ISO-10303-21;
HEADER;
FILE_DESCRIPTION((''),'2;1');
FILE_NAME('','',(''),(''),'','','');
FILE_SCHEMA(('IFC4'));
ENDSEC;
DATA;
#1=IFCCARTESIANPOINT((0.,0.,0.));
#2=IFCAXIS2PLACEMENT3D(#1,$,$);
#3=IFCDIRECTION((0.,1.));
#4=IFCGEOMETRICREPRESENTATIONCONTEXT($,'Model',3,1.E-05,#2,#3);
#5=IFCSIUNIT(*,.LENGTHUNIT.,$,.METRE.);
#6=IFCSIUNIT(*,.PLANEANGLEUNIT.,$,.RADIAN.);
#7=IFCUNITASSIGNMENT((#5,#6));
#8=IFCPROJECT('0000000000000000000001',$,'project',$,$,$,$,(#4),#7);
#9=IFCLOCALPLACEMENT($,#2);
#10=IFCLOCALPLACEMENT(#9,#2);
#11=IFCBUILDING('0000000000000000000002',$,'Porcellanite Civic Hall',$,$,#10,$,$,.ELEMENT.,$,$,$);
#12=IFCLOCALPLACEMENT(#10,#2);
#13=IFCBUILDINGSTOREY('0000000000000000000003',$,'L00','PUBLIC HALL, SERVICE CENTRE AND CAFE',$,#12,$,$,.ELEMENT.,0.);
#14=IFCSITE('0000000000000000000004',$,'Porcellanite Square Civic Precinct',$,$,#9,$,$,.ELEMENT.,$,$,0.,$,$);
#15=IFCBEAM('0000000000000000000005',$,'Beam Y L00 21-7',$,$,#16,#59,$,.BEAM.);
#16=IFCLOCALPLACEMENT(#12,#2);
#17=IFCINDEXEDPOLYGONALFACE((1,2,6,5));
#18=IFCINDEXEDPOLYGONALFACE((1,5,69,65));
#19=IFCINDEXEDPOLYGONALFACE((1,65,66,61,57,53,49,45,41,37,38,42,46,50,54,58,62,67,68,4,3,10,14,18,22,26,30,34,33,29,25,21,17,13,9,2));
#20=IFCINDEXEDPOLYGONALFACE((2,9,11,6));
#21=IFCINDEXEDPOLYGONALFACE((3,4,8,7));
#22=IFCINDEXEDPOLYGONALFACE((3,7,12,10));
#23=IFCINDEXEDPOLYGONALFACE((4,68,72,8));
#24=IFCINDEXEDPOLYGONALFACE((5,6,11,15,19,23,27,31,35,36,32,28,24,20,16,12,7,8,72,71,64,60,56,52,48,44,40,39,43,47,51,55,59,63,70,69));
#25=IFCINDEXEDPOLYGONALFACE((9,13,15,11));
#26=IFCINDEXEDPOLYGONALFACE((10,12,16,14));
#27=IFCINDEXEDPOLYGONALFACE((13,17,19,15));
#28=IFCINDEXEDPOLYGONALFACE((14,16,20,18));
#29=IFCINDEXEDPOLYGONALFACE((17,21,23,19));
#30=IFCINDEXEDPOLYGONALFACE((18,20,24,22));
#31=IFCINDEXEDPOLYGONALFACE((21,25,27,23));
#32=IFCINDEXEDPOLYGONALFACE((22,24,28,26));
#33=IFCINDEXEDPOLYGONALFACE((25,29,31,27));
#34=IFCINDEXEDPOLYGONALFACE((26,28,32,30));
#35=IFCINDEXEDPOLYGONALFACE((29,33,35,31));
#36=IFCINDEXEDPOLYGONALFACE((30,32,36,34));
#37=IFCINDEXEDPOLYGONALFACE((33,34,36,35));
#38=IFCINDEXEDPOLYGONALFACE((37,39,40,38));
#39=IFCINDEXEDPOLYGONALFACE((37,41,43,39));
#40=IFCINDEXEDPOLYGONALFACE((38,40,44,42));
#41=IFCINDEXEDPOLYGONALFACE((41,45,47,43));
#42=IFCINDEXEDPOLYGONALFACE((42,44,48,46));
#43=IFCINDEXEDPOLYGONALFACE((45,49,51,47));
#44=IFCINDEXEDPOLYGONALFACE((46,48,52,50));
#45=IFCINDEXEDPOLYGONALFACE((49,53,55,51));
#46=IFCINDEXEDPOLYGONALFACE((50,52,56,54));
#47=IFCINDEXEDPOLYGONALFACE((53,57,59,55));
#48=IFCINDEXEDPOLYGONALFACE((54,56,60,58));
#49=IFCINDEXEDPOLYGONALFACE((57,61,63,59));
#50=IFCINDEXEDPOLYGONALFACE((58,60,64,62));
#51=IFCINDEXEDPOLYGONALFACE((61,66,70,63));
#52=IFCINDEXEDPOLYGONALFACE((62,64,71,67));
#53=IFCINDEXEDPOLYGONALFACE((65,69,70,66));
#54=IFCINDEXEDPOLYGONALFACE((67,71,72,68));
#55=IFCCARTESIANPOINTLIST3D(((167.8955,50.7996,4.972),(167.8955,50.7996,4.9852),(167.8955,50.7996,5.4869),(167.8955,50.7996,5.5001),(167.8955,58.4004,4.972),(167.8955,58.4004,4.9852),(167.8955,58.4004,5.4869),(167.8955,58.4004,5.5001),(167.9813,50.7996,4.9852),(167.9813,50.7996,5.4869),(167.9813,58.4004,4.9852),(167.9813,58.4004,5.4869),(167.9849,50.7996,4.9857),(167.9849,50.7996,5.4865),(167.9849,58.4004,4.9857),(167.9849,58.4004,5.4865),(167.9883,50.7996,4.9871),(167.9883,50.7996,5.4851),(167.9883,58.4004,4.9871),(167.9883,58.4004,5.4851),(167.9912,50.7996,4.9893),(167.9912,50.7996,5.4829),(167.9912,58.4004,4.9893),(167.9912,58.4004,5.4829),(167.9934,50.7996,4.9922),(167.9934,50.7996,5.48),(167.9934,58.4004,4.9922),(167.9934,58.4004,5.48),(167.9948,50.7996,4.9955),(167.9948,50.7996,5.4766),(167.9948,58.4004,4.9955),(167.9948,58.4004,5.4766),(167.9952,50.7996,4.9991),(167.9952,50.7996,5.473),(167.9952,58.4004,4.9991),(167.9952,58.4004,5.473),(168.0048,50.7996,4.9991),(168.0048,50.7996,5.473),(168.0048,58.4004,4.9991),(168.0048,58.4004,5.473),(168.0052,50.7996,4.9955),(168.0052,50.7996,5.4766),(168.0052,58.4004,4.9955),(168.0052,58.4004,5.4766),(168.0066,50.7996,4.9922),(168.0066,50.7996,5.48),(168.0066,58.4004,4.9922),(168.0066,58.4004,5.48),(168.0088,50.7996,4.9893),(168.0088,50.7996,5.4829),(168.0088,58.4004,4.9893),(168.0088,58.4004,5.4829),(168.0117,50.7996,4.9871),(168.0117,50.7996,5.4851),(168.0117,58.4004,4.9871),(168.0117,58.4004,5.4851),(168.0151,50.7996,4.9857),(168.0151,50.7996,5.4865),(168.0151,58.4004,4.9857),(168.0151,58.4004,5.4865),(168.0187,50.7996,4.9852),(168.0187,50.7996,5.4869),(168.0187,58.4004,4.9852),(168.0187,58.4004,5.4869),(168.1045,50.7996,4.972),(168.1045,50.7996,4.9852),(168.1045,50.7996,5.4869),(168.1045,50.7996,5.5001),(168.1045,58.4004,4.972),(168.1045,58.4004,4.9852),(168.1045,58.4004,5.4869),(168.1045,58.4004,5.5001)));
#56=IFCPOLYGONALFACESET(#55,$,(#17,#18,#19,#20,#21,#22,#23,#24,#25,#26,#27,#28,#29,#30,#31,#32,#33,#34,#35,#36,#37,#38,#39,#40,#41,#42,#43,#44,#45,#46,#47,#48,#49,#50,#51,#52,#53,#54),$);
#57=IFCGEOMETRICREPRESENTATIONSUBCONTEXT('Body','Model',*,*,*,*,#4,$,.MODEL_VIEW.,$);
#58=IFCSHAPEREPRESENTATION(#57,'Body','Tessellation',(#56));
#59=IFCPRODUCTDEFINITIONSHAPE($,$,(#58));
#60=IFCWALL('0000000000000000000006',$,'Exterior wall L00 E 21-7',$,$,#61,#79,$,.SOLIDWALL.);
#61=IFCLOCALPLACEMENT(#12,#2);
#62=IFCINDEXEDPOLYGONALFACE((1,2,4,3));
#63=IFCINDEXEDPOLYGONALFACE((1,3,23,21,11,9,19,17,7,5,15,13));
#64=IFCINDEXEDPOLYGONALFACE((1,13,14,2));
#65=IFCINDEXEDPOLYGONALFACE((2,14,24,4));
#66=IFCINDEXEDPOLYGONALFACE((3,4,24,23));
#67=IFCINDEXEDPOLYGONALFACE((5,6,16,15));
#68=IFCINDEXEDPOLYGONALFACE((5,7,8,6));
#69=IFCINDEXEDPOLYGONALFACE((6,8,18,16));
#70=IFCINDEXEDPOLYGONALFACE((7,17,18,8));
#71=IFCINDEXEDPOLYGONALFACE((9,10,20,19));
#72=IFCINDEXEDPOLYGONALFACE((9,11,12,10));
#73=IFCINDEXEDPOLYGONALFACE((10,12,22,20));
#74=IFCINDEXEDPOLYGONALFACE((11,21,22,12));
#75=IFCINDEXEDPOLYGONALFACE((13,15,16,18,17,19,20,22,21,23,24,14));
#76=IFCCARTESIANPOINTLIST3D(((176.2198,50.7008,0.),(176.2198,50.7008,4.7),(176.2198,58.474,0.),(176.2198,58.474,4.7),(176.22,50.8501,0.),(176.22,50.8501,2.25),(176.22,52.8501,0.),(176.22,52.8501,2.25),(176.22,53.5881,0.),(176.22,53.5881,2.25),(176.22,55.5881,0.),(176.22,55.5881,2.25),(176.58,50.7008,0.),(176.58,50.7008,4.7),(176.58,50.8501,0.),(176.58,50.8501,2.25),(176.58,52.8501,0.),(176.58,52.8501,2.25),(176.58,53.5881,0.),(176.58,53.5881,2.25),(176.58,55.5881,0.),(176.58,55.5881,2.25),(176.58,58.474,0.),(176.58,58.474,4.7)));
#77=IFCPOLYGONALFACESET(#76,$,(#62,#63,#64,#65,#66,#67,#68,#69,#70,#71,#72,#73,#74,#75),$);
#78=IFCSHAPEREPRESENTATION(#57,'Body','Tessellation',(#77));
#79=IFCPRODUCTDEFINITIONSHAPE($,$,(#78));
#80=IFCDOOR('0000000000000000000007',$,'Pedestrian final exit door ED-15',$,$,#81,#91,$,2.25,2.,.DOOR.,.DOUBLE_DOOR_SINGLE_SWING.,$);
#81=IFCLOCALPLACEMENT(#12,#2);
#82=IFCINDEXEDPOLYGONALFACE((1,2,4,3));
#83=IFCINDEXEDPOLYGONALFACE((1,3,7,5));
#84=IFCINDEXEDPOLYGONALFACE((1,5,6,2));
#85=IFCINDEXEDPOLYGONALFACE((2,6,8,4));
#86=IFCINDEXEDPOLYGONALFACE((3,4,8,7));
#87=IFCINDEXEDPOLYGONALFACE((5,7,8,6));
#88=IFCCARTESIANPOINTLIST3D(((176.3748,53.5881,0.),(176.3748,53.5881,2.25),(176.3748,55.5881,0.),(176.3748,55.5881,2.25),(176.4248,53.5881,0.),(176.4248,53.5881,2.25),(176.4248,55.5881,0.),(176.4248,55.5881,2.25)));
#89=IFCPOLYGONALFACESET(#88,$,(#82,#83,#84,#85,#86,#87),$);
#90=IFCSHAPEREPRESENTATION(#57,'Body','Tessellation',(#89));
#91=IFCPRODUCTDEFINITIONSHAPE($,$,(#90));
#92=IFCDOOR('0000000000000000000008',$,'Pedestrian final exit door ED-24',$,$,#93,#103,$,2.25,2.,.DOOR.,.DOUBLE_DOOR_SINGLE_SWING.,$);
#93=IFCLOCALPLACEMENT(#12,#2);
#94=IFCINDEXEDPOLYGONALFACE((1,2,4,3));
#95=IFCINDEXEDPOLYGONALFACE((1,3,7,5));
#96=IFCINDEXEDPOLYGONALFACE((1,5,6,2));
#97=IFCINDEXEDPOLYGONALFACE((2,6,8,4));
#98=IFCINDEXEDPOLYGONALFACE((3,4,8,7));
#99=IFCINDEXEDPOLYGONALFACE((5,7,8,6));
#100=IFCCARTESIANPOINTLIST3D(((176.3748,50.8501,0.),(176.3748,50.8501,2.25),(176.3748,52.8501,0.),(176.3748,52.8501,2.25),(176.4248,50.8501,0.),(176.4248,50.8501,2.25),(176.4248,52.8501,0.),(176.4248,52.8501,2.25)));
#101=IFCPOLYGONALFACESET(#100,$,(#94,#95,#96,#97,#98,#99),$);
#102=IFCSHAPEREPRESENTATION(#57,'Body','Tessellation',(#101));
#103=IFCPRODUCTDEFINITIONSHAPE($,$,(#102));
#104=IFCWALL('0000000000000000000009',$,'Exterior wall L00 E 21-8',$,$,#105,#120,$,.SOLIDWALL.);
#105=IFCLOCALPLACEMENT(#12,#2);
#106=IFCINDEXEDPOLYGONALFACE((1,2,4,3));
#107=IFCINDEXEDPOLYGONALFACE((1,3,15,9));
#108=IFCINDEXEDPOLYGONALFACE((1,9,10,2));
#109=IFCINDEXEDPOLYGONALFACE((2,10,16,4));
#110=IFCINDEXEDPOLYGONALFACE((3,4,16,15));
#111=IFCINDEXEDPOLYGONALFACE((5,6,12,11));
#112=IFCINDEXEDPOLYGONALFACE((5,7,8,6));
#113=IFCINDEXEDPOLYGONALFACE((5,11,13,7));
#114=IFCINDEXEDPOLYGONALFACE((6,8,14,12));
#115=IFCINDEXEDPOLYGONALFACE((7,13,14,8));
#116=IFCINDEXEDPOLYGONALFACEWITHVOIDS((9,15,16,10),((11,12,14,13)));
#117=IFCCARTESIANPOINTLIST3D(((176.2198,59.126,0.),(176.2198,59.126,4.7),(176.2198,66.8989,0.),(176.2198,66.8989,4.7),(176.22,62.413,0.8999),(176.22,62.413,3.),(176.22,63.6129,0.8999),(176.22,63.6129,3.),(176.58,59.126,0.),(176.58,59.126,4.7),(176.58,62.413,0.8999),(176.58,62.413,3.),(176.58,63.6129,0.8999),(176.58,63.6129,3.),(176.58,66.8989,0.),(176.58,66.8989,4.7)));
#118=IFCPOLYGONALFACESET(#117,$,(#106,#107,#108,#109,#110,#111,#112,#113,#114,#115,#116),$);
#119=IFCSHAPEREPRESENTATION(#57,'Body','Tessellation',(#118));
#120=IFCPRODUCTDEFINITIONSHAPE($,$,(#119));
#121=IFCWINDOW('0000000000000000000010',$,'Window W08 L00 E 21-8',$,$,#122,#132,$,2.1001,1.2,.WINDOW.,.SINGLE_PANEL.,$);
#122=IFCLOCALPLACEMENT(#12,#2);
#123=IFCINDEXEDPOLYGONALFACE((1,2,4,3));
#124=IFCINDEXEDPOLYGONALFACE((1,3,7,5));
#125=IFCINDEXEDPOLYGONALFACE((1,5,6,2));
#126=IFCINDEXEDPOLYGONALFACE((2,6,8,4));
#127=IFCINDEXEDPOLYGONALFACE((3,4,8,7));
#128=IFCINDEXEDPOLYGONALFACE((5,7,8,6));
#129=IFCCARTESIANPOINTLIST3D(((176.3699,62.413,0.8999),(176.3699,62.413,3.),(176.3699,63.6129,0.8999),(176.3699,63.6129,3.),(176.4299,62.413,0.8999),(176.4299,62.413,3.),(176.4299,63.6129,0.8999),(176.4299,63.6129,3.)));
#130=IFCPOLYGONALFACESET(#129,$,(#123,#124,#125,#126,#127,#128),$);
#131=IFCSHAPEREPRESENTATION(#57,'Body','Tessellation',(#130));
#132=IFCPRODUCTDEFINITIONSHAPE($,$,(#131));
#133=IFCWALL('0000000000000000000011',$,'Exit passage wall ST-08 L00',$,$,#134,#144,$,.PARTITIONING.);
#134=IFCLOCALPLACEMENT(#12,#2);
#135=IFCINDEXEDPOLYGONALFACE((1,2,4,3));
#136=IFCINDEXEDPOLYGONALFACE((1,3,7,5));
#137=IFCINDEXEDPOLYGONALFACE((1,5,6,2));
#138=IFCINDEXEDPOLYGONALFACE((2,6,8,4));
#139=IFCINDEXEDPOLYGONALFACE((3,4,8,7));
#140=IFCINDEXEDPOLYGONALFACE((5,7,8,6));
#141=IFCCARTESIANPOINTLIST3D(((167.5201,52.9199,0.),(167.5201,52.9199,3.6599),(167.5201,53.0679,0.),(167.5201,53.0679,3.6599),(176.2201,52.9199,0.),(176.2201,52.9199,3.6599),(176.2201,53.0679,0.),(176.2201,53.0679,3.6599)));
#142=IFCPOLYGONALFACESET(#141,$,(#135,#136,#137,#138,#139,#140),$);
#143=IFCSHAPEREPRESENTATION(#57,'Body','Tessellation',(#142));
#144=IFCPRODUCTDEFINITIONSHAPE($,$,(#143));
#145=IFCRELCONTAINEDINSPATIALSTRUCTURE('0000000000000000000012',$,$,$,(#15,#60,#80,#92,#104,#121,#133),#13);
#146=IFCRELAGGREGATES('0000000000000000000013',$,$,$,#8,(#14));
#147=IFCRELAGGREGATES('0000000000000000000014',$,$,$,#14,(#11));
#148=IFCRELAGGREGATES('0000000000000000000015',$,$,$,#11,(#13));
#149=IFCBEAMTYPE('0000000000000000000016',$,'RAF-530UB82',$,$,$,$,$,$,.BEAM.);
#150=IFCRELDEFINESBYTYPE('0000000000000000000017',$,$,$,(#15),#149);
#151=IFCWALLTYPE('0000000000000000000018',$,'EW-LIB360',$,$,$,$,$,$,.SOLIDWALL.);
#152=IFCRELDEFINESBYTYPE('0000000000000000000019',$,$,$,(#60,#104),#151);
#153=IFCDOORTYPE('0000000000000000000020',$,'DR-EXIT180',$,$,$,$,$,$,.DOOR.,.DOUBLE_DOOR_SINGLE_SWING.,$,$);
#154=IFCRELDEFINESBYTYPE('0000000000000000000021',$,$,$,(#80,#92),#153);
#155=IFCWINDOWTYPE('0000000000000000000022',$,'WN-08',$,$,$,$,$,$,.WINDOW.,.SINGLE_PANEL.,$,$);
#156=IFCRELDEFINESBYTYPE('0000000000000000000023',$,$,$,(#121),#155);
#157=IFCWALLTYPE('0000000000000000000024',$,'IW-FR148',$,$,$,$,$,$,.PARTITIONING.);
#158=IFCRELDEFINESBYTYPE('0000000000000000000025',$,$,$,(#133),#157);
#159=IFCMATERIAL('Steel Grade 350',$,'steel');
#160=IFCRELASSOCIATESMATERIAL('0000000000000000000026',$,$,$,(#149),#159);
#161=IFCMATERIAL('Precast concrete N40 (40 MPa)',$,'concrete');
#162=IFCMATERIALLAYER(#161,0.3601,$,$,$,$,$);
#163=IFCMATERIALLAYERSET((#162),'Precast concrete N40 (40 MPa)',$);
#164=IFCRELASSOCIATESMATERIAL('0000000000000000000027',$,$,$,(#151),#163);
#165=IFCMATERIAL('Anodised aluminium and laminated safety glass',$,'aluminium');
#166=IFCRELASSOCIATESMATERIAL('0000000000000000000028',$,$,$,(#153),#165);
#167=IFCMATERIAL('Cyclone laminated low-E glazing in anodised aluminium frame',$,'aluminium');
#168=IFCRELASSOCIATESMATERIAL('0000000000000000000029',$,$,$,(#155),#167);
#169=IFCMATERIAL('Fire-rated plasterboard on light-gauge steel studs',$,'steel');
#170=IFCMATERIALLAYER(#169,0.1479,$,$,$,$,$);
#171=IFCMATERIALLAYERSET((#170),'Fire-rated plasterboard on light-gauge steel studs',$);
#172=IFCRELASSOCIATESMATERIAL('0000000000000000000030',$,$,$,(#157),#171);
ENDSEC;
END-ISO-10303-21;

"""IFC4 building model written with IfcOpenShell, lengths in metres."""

from ifc_helpers import new_model, si_unit, direction, frame, frame_2d, origin, origin_2d, place, context, subcontext, project, spatial, rectangle, i_section, extrude, material, layer, layer_set, material_profile, profile_set, type_object, element, fill, save


model = new_model("IFC4")

# Units and contexts
model_context = context("Model", 3, precision=1e-05, world=origin(), true_north=direction((0.0, 1.0)))
body_context = subcontext(model_context, "Body", "Model", "MODEL_VIEW")
ifc_project = project(units=[si_unit("LENGTHUNIT", "METRE"), si_unit("PLANEANGLEUNIT", "RADIAN")], contexts=[model_context])

# Site, building, storey
site_placement = place(None, origin())
site = spatial("IfcSite", under=ifc_project, at=site_placement, Name="Porcellanite Square Civic Precinct", CompositionType="ELEMENT", RefElevation=0.0)
building_placement = place(site_placement, origin())
building = spatial("IfcBuilding", under=site, at=building_placement, Name="Porcellanite Civic Hall", CompositionType="ELEMENT")
storey_placement = place(building_placement, origin())
storey = spatial("IfcBuildingStorey", under=building, at=storey_placement, Name="L00", Description="PUBLIC HALL, SERVICE CENTRE AND CAFE", CompositionType="ELEMENT", Elevation=0.0)

# Beam
ifc_material_1 = material(Name="Steel Grade 350", Category="steel")
ifc_material_profile_1 = material_profile(ifc_material_1, i_section(OverallWidth=0.209, OverallDepth=0.5281, WebThickness=0.0095, FlangeThickness=0.0132, FilletRadius=0.0139, at=origin_2d()), Name="530UB82.0")
ifc_profile_set_1 = profile_set([ifc_material_profile_1], Name="Steel Grade 350")
beam_type_1 = type_object("IfcBeamType", Name="RAF-530UB82", PredefinedType="BEAM", material=ifc_profile_set_1)
beam_1_placement = place(storey_placement, frame((168.0, 50.7996, 5.2361), z_axis=(0.0, 1.0, 0.0), x_axis=(-1.0, 0.0, 0.0)))
element("IfcBeam", 1, at=beam_1_placement, inside=storey, type_object=beam_type_1, Name="Beam Y L00 21-7", PredefinedType="BEAM", context=body_context, shape_type="SweptSolid", body=[
    extrude(i_section(OverallWidth=0.209, OverallDepth=0.5281, WebThickness=0.0095, FlangeThickness=0.0132, FilletRadius=0.0139, at=origin_2d()), origin(), (0.0, 0.0, 1.0), 7.6008),
])

# Wall, openings, doors
ifc_material_2 = material(Name="Precast concrete N40 (40 MPa)", Category="concrete")
ifc_layer_1 = layer(ifc_material_2, 0.3601)
ifc_layer_set_1 = layer_set([ifc_layer_1], Name="Precast concrete N40 (40 MPa)")
wall_type_1 = type_object("IfcWallType", Name="EW-LIB360", PredefinedType="SOLIDWALL", material=ifc_layer_set_1)
wall_1_placement = place(storey_placement, frame((176.3999, 58.4741, 0.0), z_axis=(0.0, 0.0, 1.0), x_axis=(0.0, -1.0, 0.0)))
wall_1 = element("IfcWall", 2, at=wall_1_placement, inside=storey, type_object=wall_type_1, Name="Exterior wall L00 E 21-7", PredefinedType="SOLIDWALL", context=body_context, shape_type="SweptSolid", body=[
    extrude(rectangle(XDim=7.7732, YDim=0.3601, at=frame_2d((3.8867, 0.0))), origin(), (0.0, 0.0, 1.0), 4.7),
])
opening_1_placement = place(wall_1_placement, frame((2.886, 0.0, 0.0)))
opening_1 = element("IfcOpeningElement", 3, at=opening_1_placement, cuts=wall_1, PredefinedType="OPENING", context=body_context, shape_type="SweptSolid", body=[
    extrude(rectangle(XDim=2.0, YDim=2.25, at=frame_2d((1.0, 1.125))), frame((0.0, 0.1802, 0.0), z_axis=(0.0, -1.0, 0.0), x_axis=(1.0, 0.0, 0.0)), (0.0, 0.0, 1.0), 0.3601),
])
opening_2_placement = place(wall_1_placement, frame((5.624, 0.0, 0.0)))
opening_2 = element("IfcOpeningElement", 4, at=opening_2_placement, cuts=wall_1, PredefinedType="OPENING", context=body_context, shape_type="SweptSolid", body=[
    extrude(rectangle(XDim=2.0, YDim=2.25, at=frame_2d((1.0, 1.125))), frame((0.0, 0.1802, 0.0), z_axis=(0.0, -1.0, 0.0), x_axis=(1.0, 0.0, 0.0)), (0.0, 0.0, 1.0), 0.3601),
])
ifc_material_3 = material(Name="Anodised aluminium and laminated safety glass", Category="aluminium")
door_type_1 = type_object("IfcDoorType", Name="DR-EXIT180", OperationType="DOUBLE_DOOR_SINGLE_SWING", PredefinedType="DOOR", material=ifc_material_3)
door_1_placement = place(opening_1_placement, origin())
door_1 = element("IfcDoor", 5, at=door_1_placement, inside=storey, type_object=door_type_1, Name="Pedestrian final exit door ED-15", OperationType="DOUBLE_DOOR_SINGLE_SWING", OverallHeight=2.25, OverallWidth=2.0, PredefinedType="DOOR", context=body_context, shape_type="SweptSolid", body=[
    extrude(rectangle(XDim=2.0, YDim=2.25, at=frame_2d((1.0, 1.125))), frame((0.0, 0.0249, 0.0), z_axis=(0.0, -1.0, 0.0), x_axis=(1.0, 0.0, 0.0)), (0.0, 0.0, 1.0), 0.05),
])
fill(opening_1, door_1)
door_2_placement = place(opening_2_placement, origin())
door_2 = element("IfcDoor", 6, at=door_2_placement, inside=storey, type_object=door_type_1, Name="Pedestrian final exit door ED-24", OperationType="DOUBLE_DOOR_SINGLE_SWING", OverallHeight=2.25, OverallWidth=2.0, PredefinedType="DOOR", context=body_context, shape_type="SweptSolid", body=[
    extrude(rectangle(XDim=2.0, YDim=2.25, at=frame_2d((1.0, 1.125))), frame((0.0, 0.0249, 0.0), z_axis=(0.0, -1.0, 0.0), x_axis=(1.0, 0.0, 0.0)), (0.0, 0.0, 1.0), 0.05),
])
fill(opening_2, door_2)

# Wall, opening, window
wall_2_placement = place(storey_placement, frame((176.3999, 66.8989, 0.0), z_axis=(0.0, 0.0, 1.0), x_axis=(0.0, -1.0, 0.0)))
wall_2 = element("IfcWall", 7, at=wall_2_placement, inside=storey, type_object=wall_type_1, Name="Exterior wall L00 E 21-8", PredefinedType="SOLIDWALL", context=body_context, shape_type="SweptSolid", body=[
    extrude(rectangle(XDim=7.7729, YDim=0.3601, at=frame_2d((3.8865, 0.0))), origin(), (0.0, 0.0, 1.0), 4.7),
])
opening_3_placement = place(wall_2_placement, frame((3.2859, 0.0, 0.8999)))
opening_3 = element("IfcOpeningElement", 8, at=opening_3_placement, cuts=wall_2, PredefinedType="OPENING", context=body_context, shape_type="SweptSolid", body=[
    extrude(rectangle(XDim=1.2, YDim=2.1001, at=frame_2d((0.6001, 1.05))), frame((0.0, 0.1802, 0.0), z_axis=(0.0, -1.0, 0.0), x_axis=(1.0, 0.0, 0.0)), (0.0, 0.0, 1.0), 0.3601),
])
ifc_material_4 = material(Name="Cyclone laminated low-E glazing in anodised aluminium frame", Category="aluminium")
window_type = type_object("IfcWindowType", Name="WN-08", PartitioningType="SINGLE_PANEL", PredefinedType="WINDOW", material=ifc_material_4)
window_placement = place(opening_3_placement, origin())
window = element("IfcWindow", 9, at=window_placement, inside=storey, type_object=window_type, Name="Window W08 L00 E 21-8", OverallHeight=2.1001, OverallWidth=1.2, PartitioningType="SINGLE_PANEL", PredefinedType="WINDOW", context=body_context, shape_type="SweptSolid", body=[
    extrude(rectangle(XDim=1.2, YDim=2.1001, at=frame_2d((0.6001, 1.05))), frame((0.0, 0.03, 0.0), z_axis=(0.0, -1.0, 0.0), x_axis=(1.0, 0.0, 0.0)), (0.0, 0.0, 1.0), 0.0601),
])
fill(opening_3, window)

# Wall
ifc_material_5 = material(Name="Fire-rated plasterboard on light-gauge steel studs", Category="steel")
ifc_layer_2 = layer(ifc_material_5, 0.1479)
ifc_layer_set_2 = layer_set([ifc_layer_2], Name="Fire-rated plasterboard on light-gauge steel studs")
wall_type_2 = type_object("IfcWallType", Name="IW-FR148", PredefinedType="PARTITIONING", material=ifc_layer_set_2)
wall_3_placement = place(storey_placement, frame((167.52, 52.9939, 0.0), z_axis=(0.0, 0.0, 1.0), x_axis=(1.0, 0.0, 0.0)))
element("IfcWall", 10, at=wall_3_placement, inside=storey, type_object=wall_type_2, Name="Exit passage wall ST-08 L00", PredefinedType="PARTITIONING", context=body_context, shape_type="SweptSolid", body=[
    extrude(rectangle(XDim=8.7, YDim=0.1479, at=frame_2d((4.3501, 0.0))), origin(), (0.0, 0.0, 1.0), 3.6599),
])

save(model, "model.ifc")
